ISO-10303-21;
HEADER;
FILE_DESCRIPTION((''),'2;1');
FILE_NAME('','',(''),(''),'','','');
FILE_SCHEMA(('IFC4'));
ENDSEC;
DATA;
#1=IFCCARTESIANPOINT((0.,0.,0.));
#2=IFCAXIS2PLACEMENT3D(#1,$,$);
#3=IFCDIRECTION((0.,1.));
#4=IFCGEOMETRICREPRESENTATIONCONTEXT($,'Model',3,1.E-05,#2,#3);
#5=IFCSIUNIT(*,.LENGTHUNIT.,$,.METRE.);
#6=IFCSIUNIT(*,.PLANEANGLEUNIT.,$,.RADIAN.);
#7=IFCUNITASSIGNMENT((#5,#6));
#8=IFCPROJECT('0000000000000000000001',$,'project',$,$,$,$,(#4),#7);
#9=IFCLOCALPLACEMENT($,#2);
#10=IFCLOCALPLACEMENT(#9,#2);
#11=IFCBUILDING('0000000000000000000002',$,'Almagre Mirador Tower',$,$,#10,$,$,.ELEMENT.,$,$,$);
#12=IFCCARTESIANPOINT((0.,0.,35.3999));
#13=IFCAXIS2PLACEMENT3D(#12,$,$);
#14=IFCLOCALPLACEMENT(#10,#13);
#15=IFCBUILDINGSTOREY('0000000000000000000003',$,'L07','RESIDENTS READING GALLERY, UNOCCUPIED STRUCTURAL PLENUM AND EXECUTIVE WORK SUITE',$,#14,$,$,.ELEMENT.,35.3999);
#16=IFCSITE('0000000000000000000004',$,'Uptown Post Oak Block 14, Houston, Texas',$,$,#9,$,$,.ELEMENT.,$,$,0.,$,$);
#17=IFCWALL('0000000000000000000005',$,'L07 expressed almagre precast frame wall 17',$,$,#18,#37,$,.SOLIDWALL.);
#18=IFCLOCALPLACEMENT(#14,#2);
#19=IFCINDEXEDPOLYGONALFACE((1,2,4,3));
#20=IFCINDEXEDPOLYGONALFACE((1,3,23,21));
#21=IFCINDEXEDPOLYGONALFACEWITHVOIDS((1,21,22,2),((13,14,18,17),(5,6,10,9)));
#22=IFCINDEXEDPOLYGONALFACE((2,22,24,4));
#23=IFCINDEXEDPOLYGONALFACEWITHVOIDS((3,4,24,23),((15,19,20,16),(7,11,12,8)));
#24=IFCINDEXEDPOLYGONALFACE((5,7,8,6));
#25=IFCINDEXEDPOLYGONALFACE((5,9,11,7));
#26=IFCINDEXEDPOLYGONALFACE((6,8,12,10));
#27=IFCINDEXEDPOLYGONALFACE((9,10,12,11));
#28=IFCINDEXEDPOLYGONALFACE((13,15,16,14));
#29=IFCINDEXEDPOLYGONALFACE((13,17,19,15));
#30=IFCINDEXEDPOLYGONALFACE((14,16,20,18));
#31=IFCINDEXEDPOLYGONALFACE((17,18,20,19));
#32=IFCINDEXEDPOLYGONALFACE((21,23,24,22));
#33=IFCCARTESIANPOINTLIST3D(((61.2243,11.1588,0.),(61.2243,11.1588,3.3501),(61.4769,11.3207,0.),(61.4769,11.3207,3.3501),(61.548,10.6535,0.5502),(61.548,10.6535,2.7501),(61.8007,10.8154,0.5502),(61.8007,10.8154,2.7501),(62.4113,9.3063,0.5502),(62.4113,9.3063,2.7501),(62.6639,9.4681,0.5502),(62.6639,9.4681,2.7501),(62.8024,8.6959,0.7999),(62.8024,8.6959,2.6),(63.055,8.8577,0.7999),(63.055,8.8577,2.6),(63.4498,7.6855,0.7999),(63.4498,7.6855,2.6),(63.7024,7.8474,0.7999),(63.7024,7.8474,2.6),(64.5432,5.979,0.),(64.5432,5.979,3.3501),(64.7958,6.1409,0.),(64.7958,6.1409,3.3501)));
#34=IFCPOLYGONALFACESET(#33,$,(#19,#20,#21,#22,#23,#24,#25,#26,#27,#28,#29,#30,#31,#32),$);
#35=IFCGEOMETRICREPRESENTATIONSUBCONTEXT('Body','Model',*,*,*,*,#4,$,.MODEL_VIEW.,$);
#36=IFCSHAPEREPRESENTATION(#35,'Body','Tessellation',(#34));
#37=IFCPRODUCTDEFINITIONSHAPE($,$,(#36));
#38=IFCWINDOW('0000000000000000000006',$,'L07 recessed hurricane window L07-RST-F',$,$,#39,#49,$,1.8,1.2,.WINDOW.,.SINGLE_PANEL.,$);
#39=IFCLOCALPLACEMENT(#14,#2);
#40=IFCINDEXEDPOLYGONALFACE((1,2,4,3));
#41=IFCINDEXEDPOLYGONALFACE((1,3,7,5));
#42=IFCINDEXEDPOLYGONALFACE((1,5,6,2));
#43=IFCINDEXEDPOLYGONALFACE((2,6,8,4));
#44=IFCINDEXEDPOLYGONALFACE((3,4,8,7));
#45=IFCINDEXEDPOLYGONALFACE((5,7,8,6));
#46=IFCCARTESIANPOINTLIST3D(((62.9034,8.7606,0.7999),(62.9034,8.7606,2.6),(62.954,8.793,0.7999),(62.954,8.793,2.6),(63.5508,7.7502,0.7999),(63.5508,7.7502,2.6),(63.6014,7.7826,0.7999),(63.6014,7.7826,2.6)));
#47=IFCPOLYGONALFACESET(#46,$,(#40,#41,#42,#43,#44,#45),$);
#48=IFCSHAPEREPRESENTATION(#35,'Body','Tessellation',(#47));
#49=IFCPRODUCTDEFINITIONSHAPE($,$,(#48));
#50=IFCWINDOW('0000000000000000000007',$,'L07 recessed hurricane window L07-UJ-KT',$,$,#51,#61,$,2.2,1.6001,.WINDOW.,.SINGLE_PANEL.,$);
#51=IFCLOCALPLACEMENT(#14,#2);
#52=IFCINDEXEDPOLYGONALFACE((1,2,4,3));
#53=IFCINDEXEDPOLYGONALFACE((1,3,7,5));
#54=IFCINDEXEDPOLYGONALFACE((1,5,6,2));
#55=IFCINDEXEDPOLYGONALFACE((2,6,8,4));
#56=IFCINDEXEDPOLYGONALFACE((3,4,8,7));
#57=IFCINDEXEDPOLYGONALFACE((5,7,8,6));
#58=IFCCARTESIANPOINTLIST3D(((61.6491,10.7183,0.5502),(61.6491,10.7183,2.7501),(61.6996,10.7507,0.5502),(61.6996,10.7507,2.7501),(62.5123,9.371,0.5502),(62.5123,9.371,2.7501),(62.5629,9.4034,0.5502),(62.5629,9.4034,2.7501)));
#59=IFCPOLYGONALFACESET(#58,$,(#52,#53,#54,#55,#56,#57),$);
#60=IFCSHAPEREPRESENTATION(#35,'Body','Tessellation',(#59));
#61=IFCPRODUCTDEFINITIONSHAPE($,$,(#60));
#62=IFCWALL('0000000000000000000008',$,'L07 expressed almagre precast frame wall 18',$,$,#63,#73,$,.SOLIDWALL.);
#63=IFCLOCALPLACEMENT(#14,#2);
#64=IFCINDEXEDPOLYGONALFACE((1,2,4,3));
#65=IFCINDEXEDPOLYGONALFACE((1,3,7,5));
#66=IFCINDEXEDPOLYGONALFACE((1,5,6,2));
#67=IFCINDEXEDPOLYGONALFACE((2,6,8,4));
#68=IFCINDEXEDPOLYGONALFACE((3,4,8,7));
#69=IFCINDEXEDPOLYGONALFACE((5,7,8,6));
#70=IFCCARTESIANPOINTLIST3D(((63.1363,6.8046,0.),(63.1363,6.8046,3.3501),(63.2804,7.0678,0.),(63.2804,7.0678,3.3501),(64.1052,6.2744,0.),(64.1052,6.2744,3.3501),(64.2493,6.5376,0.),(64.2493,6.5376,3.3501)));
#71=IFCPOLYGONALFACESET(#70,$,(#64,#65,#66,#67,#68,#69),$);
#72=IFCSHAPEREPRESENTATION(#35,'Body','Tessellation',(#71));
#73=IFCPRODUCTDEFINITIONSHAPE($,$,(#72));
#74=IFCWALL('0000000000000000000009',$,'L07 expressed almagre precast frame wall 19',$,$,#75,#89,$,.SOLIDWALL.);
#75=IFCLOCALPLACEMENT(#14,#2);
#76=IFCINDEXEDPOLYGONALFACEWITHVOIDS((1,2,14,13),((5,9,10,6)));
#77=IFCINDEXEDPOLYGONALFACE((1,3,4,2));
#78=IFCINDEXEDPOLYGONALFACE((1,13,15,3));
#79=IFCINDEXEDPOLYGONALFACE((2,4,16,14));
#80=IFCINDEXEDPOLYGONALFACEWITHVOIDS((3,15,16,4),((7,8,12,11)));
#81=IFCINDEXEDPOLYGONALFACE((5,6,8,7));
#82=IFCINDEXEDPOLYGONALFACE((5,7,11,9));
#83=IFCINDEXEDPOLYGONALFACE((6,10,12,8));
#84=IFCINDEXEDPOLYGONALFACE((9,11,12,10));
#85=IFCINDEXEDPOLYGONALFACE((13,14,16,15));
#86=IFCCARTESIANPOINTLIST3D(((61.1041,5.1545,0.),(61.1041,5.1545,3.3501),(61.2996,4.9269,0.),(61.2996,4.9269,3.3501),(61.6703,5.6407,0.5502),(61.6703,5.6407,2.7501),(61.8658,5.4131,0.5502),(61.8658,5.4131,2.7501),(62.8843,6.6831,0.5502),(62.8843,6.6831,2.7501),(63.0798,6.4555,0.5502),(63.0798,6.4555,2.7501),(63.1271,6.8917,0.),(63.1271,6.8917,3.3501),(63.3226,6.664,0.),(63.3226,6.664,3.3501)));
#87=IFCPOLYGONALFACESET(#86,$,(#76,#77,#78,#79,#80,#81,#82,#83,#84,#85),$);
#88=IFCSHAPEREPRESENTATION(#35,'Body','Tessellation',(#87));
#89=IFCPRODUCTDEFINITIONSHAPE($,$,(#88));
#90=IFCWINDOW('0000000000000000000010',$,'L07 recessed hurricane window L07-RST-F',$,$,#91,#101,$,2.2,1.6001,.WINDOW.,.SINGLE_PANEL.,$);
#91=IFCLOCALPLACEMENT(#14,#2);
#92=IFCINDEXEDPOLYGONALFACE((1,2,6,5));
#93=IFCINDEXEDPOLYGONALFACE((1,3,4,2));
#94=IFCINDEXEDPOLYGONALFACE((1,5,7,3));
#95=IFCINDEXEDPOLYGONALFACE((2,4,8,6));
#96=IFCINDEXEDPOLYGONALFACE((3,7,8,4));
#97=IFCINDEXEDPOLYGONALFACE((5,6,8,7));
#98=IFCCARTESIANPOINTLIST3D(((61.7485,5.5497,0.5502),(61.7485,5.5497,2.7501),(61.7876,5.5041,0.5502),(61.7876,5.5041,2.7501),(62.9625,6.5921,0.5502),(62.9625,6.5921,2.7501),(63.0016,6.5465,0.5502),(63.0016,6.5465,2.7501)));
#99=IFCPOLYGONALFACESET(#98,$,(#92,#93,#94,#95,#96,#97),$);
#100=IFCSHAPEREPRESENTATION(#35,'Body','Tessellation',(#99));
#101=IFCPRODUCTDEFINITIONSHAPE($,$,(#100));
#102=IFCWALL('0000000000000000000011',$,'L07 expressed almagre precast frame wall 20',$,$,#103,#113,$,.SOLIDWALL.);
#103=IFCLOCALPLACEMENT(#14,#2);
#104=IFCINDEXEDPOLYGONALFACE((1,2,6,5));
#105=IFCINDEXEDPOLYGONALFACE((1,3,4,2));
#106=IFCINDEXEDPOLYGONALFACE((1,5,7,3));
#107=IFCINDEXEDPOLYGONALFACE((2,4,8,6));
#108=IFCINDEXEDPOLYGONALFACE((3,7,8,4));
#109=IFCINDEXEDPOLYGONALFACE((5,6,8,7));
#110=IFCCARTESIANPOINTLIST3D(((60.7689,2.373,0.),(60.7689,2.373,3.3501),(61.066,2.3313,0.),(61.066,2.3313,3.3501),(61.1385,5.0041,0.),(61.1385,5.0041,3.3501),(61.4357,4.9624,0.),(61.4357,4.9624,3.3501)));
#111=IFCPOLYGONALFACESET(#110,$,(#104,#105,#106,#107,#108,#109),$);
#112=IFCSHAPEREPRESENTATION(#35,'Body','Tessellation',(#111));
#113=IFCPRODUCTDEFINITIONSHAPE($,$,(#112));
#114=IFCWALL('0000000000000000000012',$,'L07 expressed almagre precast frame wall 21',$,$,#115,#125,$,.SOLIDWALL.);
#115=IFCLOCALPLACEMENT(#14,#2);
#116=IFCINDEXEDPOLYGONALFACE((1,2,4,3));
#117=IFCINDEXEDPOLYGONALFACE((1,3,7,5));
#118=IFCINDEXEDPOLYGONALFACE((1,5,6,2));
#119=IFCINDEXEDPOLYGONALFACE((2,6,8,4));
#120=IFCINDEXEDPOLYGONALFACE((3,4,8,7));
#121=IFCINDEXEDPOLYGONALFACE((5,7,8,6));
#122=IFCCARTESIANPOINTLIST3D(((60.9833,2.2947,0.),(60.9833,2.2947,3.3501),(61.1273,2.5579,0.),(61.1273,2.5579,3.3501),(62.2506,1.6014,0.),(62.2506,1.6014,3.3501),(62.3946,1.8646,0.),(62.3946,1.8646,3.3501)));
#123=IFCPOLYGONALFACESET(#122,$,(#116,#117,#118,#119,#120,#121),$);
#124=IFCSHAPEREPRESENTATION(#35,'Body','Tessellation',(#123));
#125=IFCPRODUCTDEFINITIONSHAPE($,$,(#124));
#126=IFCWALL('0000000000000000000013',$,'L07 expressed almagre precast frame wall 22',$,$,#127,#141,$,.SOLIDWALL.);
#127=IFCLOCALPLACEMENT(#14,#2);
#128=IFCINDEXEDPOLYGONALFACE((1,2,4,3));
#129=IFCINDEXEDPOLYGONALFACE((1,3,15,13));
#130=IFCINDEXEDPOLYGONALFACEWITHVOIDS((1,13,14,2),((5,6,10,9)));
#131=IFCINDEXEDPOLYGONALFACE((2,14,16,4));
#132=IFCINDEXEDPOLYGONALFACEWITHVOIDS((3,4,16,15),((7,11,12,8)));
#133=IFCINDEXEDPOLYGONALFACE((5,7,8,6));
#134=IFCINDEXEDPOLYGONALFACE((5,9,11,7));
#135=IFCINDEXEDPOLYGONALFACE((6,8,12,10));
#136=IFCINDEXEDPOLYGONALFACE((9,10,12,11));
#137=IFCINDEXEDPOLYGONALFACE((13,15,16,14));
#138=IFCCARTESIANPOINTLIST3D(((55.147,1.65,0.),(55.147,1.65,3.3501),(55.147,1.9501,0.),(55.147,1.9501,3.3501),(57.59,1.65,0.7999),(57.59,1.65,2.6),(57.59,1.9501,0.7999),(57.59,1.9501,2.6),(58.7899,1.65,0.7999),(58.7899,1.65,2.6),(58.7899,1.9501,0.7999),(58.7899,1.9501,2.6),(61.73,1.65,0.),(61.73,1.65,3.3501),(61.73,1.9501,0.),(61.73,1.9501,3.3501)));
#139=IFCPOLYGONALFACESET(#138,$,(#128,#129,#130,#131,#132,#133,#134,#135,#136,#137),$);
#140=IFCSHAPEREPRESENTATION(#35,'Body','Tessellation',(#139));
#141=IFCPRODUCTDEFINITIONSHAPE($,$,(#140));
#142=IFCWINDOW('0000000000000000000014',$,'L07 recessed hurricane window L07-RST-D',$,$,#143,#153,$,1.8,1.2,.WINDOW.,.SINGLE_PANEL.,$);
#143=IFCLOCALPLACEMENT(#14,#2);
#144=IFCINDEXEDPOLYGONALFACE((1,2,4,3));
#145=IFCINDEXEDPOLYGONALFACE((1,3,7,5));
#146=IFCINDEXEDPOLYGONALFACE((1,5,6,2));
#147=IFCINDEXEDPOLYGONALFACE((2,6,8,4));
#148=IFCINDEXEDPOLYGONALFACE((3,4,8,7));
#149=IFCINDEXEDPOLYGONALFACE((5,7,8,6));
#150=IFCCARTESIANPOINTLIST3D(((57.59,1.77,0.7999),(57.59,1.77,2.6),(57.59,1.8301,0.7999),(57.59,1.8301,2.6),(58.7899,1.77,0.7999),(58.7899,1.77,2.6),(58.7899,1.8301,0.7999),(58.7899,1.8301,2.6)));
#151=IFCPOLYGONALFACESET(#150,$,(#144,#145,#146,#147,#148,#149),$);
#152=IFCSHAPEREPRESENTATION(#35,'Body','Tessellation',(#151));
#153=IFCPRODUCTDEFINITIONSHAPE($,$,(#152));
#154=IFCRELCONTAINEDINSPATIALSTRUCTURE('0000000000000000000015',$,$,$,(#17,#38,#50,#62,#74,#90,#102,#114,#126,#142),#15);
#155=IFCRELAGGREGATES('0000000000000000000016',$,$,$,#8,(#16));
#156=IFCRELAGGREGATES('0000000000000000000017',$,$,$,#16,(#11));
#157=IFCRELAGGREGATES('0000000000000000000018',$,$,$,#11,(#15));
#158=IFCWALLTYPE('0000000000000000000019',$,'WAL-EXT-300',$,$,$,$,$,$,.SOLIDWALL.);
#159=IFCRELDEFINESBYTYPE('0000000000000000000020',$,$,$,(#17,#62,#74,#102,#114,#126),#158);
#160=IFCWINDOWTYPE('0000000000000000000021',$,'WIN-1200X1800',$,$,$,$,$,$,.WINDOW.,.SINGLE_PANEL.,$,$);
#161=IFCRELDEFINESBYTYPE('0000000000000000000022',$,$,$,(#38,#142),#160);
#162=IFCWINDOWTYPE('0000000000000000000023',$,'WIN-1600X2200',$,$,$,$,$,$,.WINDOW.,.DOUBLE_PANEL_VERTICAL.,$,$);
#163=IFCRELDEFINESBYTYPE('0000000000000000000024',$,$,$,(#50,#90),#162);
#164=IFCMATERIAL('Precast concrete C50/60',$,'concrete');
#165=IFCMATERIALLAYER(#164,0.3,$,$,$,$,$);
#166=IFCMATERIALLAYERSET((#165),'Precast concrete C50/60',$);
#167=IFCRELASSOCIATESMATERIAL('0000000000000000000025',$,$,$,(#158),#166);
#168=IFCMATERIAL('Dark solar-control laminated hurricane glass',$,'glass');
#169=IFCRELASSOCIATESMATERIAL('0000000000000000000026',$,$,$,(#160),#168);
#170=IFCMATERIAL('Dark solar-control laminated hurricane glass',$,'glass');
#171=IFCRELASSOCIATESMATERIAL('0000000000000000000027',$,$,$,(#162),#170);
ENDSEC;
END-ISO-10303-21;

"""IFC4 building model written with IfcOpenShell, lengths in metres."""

from ifc_helpers import new_model, si_unit, direction, frame, frame_2d, origin, place, context, subcontext, project, spatial, rectangle, extrude, material, layer, layer_set, type_object, element, fill, save


model = new_model("IFC4")

# Units and contexts
model_context = context("Model", 3, precision=1e-05, world=origin(), true_north=direction((0.0, 1.0)))
body_context = subcontext(model_context, "Body", "Model", "MODEL_VIEW")
ifc_project = project(units=[si_unit("LENGTHUNIT", "METRE"), si_unit("PLANEANGLEUNIT", "RADIAN")], contexts=[model_context])

# Site, building, storey
site_placement = place(None, origin())
site = spatial("IfcSite", under=ifc_project, at=site_placement, Name="Uptown Post Oak Block 14, Houston, Texas", CompositionType="ELEMENT", RefElevation=0.0)
building_placement = place(site_placement, origin())
building = spatial("IfcBuilding", under=site, at=building_placement, Name="Almagre Mirador Tower", CompositionType="ELEMENT")
storey_placement = place(building_placement, frame((0.0, 0.0, 35.3999)))
storey = spatial("IfcBuildingStorey", under=building, at=storey_placement, Name="L07", Description="RESIDENTS READING GALLERY, UNOCCUPIED STRUCTURAL PLENUM AND EXECUTIVE WORK SUITE", CompositionType="ELEMENT", Elevation=35.3999)

# Wall, openings, windows
ifc_material_1 = material(Name="Precast concrete C50/60", Category="concrete")
ifc_layer = layer(ifc_material_1, 0.3)
ifc_layer_set = layer_set([ifc_layer], Name="Precast concrete C50/60")
wall_type = type_object("IfcWallType", Name="WAL-EXT-300", PredefinedType="SOLIDWALL", material=ifc_layer_set)
wall_1_placement = place(storey_placement, frame((61.3506, 11.2397, 0.0), z_axis=(0.0, 0.0, 1.0), x_axis=(0.539497, -0.841987, 0.0)))
wall_1 = element("IfcWall", 1, at=wall_1_placement, inside=storey, type_object=wall_type, Name="L07 expressed almagre precast frame wall 17", PredefinedType="SOLIDWALL", context=body_context, shape_type="SweptSolid", body=[
    extrude(rectangle(XDim=6.1519, YDim=0.3, at=frame_2d((3.0759, 0.0))), origin(), (0.0, 0.0, 1.0), 3.3501),
])
opening_1_placement = place(wall_1_placement, frame((2.925, 0.0, 0.8)))
opening_1 = element("IfcOpeningElement", 2, at=opening_1_placement, cuts=wall_1, PredefinedType="OPENING", context=body_context, shape_type="SweptSolid", body=[
    extrude(rectangle(XDim=1.2, YDim=1.8, at=frame_2d((0.6001, 0.8999))), frame((0.0, 0.1599, 0.0), z_axis=(0.0, -1.0, 0.0), x_axis=(1.0, 0.0, 0.0)), (0.0, 0.0, 1.0), 0.32),
])
opening_2_placement = place(wall_1_placement, frame((0.6001, 0.0, 0.55)))
opening_2 = element("IfcOpeningElement", 3, at=opening_2_placement, cuts=wall_1, PredefinedType="OPENING", context=body_context, shape_type="SweptSolid", body=[
    extrude(rectangle(XDim=1.6001, YDim=2.2, at=frame_2d((0.8, 1.1001))), frame((0.0, 0.1599, 0.0), z_axis=(0.0, -1.0, 0.0), x_axis=(1.0, 0.0, 0.0)), (0.0, 0.0, 1.0), 0.32),
])
ifc_material_2 = material(Name="Dark solar-control laminated hurricane glass", Category="glass")
window_type_1 = type_object("IfcWindowType", Name="WIN-1200X1800", PartitioningType="SINGLE_PANEL", PredefinedType="WINDOW", material=ifc_material_2)
window_1_placement = place(opening_1_placement, origin())
window_1 = element("IfcWindow", 4, at=window_1_placement, inside=storey, type_object=window_type_1, Name="L07 recessed hurricane window L07-RST-F", OverallHeight=1.8, OverallWidth=1.2, PartitioningType="SINGLE_PANEL", PredefinedType="WINDOW", context=body_context, shape_type="SweptSolid", body=[
    extrude(rectangle(XDim=1.2, YDim=1.8, at=frame_2d((0.6001, 0.8999))), frame((0.0, 0.03, 0.0), z_axis=(0.0, -1.0, 0.0), x_axis=(1.0, 0.0, 0.0)), (0.0, 0.0, 1.0), 0.0601),
])
fill(opening_1, window_1)
ifc_material_3 = material(Name="Dark solar-control laminated hurricane glass", Category="glass")
window_type_2 = type_object("IfcWindowType", Name="WIN-1600X2200", PartitioningType="DOUBLE_PANEL_VERTICAL", PredefinedType="WINDOW", material=ifc_material_3)
window_2_placement = place(opening_2_placement, origin())
window_2 = element("IfcWindow", 5, at=window_2_placement, inside=storey, type_object=window_type_2, Name="L07 recessed hurricane window L07-UJ-KT", OverallHeight=2.2, OverallWidth=1.6001, PartitioningType="SINGLE_PANEL", PredefinedType="WINDOW", context=body_context, shape_type="SweptSolid", body=[
    extrude(rectangle(XDim=1.6001, YDim=2.2, at=frame_2d((0.8, 1.1001))), frame((0.0, 0.03, 0.0), z_axis=(0.0, -1.0, 0.0), x_axis=(1.0, 0.0, 0.0)), (0.0, 0.0, 1.0), 0.0601),
])
fill(opening_2, window_2)

# Wall
wall_2_placement = place(storey_placement, frame((64.1772, 6.406, 0.0), z_axis=(0.0, 0.0, 1.0), x_axis=(-0.877236, 0.48006, 0.0)))
element("IfcWall", 6, at=wall_2_placement, inside=storey, type_object=wall_type, Name="L07 expressed almagre precast frame wall 18", PredefinedType="SOLIDWALL", context=body_context, shape_type="SweptSolid", body=[
    extrude(rectangle(XDim=1.1045, YDim=0.3, at=frame_2d((0.5522, 0.0))), origin(), (0.0, 0.0, 1.0), 3.3501),
])

# Wall, opening, window
wall_3_placement = place(storey_placement, frame((63.2249, 6.7778, 0.0), z_axis=(0.0, 0.0, 1.0), x_axis=(-0.758681, -0.651462, 0.0)))
wall_3 = element("IfcWall", 7, at=wall_3_placement, inside=storey, type_object=wall_type, Name="L07 expressed almagre precast frame wall 19", PredefinedType="SOLIDWALL", context=body_context, shape_type="SweptSolid", body=[
    extrude(rectangle(XDim=2.6665, YDim=0.3, at=frame_2d((1.3333, 0.0))), origin(), (0.0, 0.0, 1.0), 3.3501),
])
opening_3_placement = place(wall_3_placement, frame((0.3201, 0.0, 0.55)))
opening_3 = element("IfcOpeningElement", 8, at=opening_3_placement, cuts=wall_3, PredefinedType="OPENING", context=body_context, shape_type="SweptSolid", body=[
    extrude(rectangle(XDim=1.6001, YDim=2.2, at=frame_2d((0.8, 1.1001))), frame((0.0, 0.1599, 0.0), z_axis=(0.0, -1.0, 0.0), x_axis=(1.0, 0.0, 0.0)), (0.0, 0.0, 1.0), 0.32),
])
window_3_placement = place(opening_3_placement, origin())
window_3 = element("IfcWindow", 9, at=window_3_placement, inside=storey, type_object=window_type_2, Name="L07 recessed hurricane window L07-RST-F", OverallHeight=2.2, OverallWidth=1.6001, PartitioningType="SINGLE_PANEL", PredefinedType="WINDOW", context=body_context, shape_type="SweptSolid", body=[
    extrude(rectangle(XDim=1.6001, YDim=2.2, at=frame_2d((0.8, 1.1001))), frame((0.0, 0.03, 0.0), z_axis=(0.0, -1.0, 0.0), x_axis=(1.0, 0.0, 0.0)), (0.0, 0.0, 1.0), 0.0601),
])
fill(opening_3, window_3)

# Walls
wall_4_placement = place(storey_placement, frame((61.2871, 4.9834, 0.0), z_axis=(0.0, 0.0, 1.0), x_axis=(-0.139118, -0.990276, 0.0)))
element("IfcWall", 10, at=wall_4_placement, inside=storey, type_object=wall_type, Name="L07 expressed almagre precast frame wall 20", PredefinedType="SOLIDWALL", context=body_context, shape_type="SweptSolid", body=[
    extrude(rectangle(XDim=2.657, YDim=0.3, at=frame_2d((1.3286, 0.0))), origin(), (0.0, 0.0, 1.0), 3.3501),
])
wall_5_placement = place(storey_placement, frame((61.0554, 2.4263, 0.0), z_axis=(0.0, 0.0, 1.0), x_axis=(0.877288, -0.479965, 0.0)))
element("IfcWall", 11, at=wall_5_placement, inside=storey, type_object=wall_type, Name="L07 expressed almagre precast frame wall 21", PredefinedType="SOLIDWALL", context=body_context, shape_type="SweptSolid", body=[
    extrude(rectangle(XDim=1.4446, YDim=0.3, at=frame_2d((0.7222, 0.0))), origin(), (0.0, 0.0, 1.0), 3.3501),
])

# Wall, opening, window
wall_6_placement = place(storey_placement, frame((61.73, 1.8, 0.0), z_axis=(0.0, 0.0, 1.0), x_axis=(-1.0, 0.0, 0.0)))
wall_6 = element("IfcWall", 12, at=wall_6_placement, inside=storey, type_object=wall_type, Name="L07 expressed almagre precast frame wall 22", PredefinedType="SOLIDWALL", context=body_context, shape_type="SweptSolid", body=[
    extrude(rectangle(XDim=6.583, YDim=0.3, at=frame_2d((3.2915, 0.0))), origin(), (0.0, 0.0, 1.0), 3.3501),
])
opening_4_placement = place(wall_6_placement, frame((2.9399, 0.0, 0.8)))
opening_4 = element("IfcOpeningElement", 13, at=opening_4_placement, cuts=wall_6, PredefinedType="OPENING", context=body_context, shape_type="SweptSolid", body=[
    extrude(rectangle(XDim=1.2, YDim=1.8, at=frame_2d((0.6001, 0.8999))), frame((0.0, 0.1599, 0.0), z_axis=(0.0, -1.0, 0.0), x_axis=(1.0, 0.0, 0.0)), (0.0, 0.0, 1.0), 0.32),
])
window_4_placement = place(opening_4_placement, origin())
window_4 = element("IfcWindow", 14, at=window_4_placement, inside=storey, type_object=window_type_1, Name="L07 recessed hurricane window L07-RST-D", OverallHeight=1.8, OverallWidth=1.2, PartitioningType="SINGLE_PANEL", PredefinedType="WINDOW", context=body_context, shape_type="SweptSolid", body=[
    extrude(rectangle(XDim=1.2, YDim=1.8, at=frame_2d((0.6001, 0.8999))), frame((0.0, 0.03, 0.0), z_axis=(0.0, -1.0, 0.0), x_axis=(1.0, 0.0, 0.0)), (0.0, 0.0, 1.0), 0.0601),
])
fill(opening_4, window_4)

save(model, "model.ifc")
